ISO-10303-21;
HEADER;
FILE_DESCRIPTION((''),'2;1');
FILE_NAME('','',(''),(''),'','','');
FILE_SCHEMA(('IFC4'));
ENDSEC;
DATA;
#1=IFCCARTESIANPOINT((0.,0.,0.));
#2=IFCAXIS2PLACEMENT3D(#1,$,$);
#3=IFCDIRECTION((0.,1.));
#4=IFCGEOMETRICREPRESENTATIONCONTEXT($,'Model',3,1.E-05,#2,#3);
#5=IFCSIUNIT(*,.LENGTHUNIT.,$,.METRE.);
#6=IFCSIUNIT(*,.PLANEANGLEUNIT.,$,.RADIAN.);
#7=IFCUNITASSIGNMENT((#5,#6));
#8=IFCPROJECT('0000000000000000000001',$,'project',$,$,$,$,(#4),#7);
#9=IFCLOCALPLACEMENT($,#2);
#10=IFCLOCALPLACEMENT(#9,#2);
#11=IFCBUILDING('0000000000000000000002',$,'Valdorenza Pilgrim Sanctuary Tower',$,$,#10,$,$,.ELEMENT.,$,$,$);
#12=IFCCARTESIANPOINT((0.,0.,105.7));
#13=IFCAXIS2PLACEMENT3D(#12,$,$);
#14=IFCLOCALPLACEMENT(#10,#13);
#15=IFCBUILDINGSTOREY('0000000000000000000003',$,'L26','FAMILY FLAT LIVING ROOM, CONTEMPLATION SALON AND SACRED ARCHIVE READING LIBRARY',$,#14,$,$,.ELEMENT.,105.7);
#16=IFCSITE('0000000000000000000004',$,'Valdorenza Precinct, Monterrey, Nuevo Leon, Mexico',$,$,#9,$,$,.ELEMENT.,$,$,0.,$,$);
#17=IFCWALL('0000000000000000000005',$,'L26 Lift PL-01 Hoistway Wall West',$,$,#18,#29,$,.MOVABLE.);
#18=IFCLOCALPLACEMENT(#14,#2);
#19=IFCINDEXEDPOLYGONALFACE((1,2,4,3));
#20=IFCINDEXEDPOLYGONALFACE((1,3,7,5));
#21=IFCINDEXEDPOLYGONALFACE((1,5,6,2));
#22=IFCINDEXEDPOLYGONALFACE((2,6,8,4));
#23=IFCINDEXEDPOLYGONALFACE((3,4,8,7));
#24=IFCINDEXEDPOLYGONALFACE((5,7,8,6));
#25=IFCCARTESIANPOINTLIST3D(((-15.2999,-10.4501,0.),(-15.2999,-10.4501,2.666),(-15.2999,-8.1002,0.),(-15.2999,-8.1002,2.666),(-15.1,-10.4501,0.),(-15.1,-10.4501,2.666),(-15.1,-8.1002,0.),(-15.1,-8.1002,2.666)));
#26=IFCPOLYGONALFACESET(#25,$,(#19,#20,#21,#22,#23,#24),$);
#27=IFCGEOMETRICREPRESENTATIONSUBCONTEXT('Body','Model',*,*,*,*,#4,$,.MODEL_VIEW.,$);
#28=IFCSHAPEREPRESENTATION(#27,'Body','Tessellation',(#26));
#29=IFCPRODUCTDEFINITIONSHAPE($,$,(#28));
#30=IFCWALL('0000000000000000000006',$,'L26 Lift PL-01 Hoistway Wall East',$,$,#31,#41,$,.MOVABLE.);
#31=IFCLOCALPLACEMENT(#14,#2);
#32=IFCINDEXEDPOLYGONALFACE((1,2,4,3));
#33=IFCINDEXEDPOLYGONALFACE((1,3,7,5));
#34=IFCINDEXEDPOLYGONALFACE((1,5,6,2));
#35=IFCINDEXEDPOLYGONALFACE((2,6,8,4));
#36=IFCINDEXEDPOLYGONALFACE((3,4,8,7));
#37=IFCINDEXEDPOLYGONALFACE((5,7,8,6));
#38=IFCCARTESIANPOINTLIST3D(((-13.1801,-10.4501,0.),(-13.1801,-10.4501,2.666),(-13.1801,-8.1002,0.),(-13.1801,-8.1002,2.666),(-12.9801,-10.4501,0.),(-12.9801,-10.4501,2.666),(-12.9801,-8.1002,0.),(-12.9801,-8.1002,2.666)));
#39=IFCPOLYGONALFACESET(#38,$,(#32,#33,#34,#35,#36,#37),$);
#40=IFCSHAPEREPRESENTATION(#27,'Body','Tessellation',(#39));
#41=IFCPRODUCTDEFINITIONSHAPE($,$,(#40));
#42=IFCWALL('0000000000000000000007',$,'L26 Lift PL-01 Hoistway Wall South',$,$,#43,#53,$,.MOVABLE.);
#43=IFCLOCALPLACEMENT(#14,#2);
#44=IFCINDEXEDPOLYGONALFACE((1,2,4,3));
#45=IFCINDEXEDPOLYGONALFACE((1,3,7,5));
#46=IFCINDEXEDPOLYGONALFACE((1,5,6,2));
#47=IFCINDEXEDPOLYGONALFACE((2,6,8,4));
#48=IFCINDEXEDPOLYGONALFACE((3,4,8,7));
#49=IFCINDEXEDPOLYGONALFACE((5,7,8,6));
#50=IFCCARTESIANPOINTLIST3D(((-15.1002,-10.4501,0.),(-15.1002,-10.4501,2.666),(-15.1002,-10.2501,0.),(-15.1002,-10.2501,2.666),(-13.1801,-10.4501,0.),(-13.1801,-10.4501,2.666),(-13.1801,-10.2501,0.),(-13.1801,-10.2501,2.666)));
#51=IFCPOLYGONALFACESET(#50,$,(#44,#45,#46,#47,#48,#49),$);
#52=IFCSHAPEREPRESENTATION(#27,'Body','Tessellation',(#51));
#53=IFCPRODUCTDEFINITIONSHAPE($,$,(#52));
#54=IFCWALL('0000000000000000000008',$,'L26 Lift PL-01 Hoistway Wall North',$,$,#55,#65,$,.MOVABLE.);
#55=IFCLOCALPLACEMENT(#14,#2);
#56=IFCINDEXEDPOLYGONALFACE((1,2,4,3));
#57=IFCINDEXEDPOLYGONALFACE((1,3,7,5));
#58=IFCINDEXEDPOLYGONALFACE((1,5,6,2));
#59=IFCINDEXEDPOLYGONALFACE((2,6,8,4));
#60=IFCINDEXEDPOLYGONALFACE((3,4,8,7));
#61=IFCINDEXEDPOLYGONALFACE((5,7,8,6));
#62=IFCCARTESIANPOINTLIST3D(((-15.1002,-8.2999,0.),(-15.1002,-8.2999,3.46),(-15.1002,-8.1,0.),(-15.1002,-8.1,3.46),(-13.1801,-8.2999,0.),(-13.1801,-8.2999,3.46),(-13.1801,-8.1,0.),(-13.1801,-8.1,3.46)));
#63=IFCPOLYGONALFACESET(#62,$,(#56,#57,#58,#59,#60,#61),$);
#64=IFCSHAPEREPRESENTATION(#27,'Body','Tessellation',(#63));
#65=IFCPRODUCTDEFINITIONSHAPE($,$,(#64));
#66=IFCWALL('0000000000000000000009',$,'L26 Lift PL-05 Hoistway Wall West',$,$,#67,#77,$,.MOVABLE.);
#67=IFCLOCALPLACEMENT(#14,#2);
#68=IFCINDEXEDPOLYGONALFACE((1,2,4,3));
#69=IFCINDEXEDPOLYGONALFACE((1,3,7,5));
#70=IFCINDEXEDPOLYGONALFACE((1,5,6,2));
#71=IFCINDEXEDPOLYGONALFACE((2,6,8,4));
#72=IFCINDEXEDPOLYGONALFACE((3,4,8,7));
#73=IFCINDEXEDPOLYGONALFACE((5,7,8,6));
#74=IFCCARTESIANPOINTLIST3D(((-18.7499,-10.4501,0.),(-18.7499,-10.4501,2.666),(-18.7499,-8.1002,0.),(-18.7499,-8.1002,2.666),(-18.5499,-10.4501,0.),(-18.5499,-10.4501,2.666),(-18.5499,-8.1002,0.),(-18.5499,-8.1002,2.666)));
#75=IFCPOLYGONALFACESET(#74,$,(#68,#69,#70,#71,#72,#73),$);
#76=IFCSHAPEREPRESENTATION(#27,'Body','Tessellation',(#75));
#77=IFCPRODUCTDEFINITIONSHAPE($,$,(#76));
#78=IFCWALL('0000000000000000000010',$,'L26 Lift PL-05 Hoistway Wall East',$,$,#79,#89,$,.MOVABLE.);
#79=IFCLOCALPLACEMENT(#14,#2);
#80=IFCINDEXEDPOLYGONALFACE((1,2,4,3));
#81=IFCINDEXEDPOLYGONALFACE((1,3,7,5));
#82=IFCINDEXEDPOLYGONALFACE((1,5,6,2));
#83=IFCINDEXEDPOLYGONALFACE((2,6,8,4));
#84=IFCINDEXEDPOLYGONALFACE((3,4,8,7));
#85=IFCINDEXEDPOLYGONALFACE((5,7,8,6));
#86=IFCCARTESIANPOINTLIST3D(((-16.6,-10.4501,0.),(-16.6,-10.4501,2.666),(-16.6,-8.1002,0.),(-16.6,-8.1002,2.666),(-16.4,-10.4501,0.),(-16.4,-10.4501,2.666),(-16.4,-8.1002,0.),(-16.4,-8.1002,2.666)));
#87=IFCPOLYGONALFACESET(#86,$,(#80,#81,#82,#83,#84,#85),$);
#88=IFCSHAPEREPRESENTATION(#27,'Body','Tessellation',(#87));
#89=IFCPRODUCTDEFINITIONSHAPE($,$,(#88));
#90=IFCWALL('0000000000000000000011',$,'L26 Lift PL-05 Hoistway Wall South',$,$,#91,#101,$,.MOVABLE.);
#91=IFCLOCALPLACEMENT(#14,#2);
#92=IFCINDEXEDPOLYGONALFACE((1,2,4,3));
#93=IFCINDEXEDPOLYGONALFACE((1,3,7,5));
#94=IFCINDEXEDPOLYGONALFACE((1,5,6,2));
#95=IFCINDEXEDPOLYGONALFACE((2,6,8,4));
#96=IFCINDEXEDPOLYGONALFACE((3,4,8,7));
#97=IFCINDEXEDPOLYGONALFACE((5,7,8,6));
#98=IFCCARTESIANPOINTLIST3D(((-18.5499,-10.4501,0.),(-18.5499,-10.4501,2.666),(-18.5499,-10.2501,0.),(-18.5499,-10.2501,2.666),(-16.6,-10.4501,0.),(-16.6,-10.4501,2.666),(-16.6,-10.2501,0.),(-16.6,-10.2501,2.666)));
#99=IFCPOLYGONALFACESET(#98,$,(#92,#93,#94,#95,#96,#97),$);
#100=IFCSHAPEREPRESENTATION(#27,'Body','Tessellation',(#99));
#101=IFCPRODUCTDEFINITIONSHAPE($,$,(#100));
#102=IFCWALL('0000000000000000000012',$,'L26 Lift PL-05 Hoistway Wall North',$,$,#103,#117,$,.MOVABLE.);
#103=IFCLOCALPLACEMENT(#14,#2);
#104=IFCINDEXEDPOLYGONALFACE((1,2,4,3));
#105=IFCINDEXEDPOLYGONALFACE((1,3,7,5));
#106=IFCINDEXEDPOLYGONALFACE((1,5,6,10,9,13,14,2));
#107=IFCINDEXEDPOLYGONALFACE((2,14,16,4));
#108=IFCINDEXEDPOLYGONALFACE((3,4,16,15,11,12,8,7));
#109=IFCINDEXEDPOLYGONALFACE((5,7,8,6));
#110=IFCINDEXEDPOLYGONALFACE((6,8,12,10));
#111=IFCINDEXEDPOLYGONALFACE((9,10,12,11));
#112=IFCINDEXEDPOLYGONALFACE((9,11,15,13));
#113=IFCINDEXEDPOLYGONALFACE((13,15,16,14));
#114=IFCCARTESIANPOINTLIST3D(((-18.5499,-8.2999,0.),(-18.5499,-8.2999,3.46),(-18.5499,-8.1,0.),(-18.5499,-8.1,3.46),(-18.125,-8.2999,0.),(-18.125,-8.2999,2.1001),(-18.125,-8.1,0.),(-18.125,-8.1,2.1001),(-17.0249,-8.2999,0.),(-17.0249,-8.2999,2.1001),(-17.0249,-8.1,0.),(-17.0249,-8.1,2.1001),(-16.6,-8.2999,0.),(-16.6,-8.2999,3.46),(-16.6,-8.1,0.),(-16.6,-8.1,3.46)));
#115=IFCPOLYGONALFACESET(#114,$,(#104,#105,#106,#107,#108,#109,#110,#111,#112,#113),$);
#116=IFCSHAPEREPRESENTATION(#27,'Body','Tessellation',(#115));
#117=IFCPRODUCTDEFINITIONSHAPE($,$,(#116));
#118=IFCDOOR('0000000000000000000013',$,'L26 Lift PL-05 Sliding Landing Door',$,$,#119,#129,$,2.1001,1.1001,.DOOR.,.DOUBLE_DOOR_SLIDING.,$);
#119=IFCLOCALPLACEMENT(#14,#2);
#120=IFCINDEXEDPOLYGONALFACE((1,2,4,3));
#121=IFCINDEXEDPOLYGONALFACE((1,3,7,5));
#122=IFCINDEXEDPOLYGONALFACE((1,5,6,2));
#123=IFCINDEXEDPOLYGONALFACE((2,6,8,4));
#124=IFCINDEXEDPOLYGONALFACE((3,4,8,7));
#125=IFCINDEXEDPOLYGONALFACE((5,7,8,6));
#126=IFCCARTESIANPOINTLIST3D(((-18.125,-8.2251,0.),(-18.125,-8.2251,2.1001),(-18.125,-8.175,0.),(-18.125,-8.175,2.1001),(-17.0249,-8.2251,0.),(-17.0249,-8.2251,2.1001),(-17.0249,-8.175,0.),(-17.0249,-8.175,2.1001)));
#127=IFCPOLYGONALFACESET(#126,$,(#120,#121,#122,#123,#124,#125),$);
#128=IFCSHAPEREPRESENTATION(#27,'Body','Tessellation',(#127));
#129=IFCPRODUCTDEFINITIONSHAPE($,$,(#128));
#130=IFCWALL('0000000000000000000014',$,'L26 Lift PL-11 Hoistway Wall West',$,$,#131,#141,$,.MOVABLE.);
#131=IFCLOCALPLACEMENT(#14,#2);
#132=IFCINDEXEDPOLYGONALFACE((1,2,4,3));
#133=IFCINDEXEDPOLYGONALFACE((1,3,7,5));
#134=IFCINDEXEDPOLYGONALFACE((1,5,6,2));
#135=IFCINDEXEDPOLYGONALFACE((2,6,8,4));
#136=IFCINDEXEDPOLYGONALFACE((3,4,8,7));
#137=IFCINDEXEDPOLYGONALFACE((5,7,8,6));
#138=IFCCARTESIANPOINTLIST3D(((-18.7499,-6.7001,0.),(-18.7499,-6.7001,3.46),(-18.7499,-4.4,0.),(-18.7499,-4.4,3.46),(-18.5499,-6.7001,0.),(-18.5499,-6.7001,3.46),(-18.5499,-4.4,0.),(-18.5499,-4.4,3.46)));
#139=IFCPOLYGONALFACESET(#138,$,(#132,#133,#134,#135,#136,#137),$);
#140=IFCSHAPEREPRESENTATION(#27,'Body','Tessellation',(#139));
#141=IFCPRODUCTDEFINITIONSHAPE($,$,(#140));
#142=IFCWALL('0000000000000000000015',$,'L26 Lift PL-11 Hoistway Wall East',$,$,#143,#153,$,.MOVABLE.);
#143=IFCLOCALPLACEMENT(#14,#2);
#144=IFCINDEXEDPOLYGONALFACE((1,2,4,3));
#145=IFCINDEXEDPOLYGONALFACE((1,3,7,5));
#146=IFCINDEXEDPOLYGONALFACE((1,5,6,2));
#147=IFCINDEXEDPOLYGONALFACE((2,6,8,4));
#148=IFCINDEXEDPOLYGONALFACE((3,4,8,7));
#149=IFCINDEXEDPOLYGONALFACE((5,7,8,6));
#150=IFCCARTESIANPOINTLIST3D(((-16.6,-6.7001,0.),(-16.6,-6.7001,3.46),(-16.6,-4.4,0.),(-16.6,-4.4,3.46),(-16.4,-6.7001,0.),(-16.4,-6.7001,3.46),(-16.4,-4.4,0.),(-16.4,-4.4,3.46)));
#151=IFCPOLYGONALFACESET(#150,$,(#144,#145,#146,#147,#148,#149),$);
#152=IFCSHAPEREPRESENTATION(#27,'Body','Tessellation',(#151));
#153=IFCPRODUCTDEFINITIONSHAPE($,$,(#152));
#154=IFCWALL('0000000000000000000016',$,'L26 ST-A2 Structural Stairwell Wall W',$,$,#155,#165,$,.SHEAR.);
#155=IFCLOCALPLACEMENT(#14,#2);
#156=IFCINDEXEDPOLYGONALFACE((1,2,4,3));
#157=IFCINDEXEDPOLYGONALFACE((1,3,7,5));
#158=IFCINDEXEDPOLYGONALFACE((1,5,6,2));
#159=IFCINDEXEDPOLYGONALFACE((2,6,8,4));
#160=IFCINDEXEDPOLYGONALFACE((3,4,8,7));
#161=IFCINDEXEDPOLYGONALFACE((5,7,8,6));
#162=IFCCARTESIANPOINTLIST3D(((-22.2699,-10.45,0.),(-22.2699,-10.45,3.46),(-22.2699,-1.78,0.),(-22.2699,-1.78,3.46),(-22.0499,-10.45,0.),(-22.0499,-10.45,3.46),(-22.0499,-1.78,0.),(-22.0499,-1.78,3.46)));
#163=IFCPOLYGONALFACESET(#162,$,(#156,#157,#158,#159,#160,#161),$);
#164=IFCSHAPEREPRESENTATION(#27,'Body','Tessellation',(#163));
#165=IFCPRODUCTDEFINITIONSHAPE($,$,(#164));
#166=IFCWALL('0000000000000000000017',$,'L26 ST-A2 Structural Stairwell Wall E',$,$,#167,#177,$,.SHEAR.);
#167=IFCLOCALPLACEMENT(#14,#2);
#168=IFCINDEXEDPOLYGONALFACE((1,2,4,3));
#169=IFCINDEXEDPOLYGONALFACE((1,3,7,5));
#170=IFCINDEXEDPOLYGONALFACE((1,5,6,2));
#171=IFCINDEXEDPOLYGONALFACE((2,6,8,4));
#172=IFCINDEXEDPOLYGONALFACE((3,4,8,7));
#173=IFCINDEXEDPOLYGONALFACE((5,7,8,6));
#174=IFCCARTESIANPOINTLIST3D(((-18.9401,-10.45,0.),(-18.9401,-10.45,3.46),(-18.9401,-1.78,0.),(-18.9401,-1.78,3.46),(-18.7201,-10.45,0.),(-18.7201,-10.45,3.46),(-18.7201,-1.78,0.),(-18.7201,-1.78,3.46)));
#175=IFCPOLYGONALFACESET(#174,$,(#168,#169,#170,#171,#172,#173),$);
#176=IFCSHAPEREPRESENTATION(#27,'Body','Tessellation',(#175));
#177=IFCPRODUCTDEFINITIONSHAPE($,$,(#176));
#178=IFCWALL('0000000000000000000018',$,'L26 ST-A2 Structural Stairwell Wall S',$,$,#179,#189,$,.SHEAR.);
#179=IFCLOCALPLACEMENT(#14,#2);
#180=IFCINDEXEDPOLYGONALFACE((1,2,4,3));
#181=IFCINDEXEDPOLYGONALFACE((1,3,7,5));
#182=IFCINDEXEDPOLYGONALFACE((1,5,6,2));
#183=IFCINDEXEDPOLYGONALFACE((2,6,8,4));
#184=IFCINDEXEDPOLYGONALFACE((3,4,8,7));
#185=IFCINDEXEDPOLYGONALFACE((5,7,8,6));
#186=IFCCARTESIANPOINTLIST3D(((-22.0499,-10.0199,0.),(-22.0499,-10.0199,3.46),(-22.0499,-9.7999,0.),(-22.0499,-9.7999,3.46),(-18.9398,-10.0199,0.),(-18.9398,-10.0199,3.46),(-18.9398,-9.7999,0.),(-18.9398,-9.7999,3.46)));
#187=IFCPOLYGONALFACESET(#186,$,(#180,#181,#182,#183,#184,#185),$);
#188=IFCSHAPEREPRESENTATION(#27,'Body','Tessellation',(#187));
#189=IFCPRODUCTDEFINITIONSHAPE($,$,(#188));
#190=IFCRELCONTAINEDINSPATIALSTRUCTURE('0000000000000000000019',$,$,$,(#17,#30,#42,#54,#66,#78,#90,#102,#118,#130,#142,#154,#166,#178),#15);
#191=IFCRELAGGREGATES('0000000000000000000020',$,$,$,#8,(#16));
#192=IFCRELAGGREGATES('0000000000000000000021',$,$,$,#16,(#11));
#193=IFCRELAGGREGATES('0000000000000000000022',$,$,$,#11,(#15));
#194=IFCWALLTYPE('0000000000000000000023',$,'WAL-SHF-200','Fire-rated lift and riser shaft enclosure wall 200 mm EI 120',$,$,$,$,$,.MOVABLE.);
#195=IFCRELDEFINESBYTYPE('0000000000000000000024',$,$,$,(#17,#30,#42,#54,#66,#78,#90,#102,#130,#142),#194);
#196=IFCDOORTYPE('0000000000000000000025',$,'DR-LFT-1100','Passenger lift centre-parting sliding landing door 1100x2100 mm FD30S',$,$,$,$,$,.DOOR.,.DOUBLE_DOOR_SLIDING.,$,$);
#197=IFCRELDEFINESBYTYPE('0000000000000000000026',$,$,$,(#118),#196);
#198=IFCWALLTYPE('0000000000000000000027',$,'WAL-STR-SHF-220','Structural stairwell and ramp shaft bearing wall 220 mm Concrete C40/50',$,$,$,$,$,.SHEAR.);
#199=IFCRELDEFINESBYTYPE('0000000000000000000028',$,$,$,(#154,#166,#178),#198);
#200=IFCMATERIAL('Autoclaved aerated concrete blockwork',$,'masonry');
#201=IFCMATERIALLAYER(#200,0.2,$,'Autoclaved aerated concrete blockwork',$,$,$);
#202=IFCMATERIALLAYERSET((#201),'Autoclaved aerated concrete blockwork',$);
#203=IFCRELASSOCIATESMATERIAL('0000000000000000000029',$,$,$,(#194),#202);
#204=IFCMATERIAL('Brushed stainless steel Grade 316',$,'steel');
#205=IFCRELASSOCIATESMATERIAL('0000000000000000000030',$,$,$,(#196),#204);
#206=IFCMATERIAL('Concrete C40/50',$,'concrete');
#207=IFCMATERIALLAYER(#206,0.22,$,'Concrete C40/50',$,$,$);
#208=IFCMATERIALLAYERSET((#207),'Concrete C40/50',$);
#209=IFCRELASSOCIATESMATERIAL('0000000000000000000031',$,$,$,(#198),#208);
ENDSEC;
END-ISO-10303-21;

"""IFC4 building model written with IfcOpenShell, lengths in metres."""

from ifc_helpers import new_model, si_unit, direction, frame, frame_2d, origin, place, context, subcontext, project, spatial, rectangle, extrude, material, layer, layer_set, type_object, element, fill, save


model = new_model("IFC4")

# Units and contexts
model_context = context("Model", 3, precision=1e-05, world=origin(), true_north=direction((0.0, 1.0)))
body_context = subcontext(model_context, "Body", "Model", "MODEL_VIEW")
ifc_project = project(units=[si_unit("LENGTHUNIT", "METRE"), si_unit("PLANEANGLEUNIT", "RADIAN")], contexts=[model_context])

# Site, building, storey
site_placement = place(None, origin())
site = spatial("IfcSite", under=ifc_project, at=site_placement, Name="Valdorenza Precinct, Monterrey, Nuevo Leon, Mexico", CompositionType="ELEMENT", RefElevation=0.0)
building_placement = place(site_placement, origin())
building = spatial("IfcBuilding", under=site, at=building_placement, Name="Valdorenza Pilgrim Sanctuary Tower", CompositionType="ELEMENT")
storey_placement = place(building_placement, frame((0.0, 0.0, 105.7)))
storey = spatial("IfcBuildingStorey", under=building, at=storey_placement, Name="L26", Description="FAMILY FLAT LIVING ROOM, CONTEMPLATION SALON AND SACRED ARCHIVE READING LIBRARY", CompositionType="ELEMENT", Elevation=105.7)

# Walls
ifc_material_1 = material(Name="Autoclaved aerated concrete blockwork", Category="masonry")
ifc_layer_1 = layer(ifc_material_1, 0.2, Name="Autoclaved aerated concrete blockwork")
ifc_layer_set_1 = layer_set([ifc_layer_1], Name="Autoclaved aerated concrete blockwork")
wall_type_1 = type_object("IfcWallType", Name="WAL-SHF-200", Description="Fire-rated lift and riser shaft enclosure wall 200 mm EI 120", PredefinedType="MOVABLE", material=ifc_layer_set_1)
for number, where, z_axis, x_axis, name in (
    (1, (-15.2, -10.45, 0.0), (0.0, 0.0, 1.0), (0.0, 1.0, 0.0), "L26 Lift PL-01 Hoistway Wall West"),
    (2, (-13.0801, -10.45, 0.0), (0.0, 0.0, 1.0), (0.0, 1.0, 0.0), "L26 Lift PL-01 Hoistway Wall East"),
):
    element("IfcWall", number, at=place(storey_placement, frame(where, z_axis=z_axis, x_axis=x_axis)), inside=storey, type_object=wall_type_1, Name=name, PredefinedType="MOVABLE", context=body_context, shape_type="SweptSolid", body=[
        extrude(rectangle(XDim=2.3499, YDim=0.2, at=frame_2d((1.1748, 0.0))), origin(), (0.0, 0.0, 1.0), 2.666),
    ])
wall_1_placement = place(storey_placement, frame((-15.1001, -10.3501, 0.0), z_axis=(0.0, 0.0, 1.0), x_axis=(1.0, 0.0, 0.0)))
element("IfcWall", 3, at=wall_1_placement, inside=storey, type_object=wall_type_1, Name="L26 Lift PL-01 Hoistway Wall South", PredefinedType="MOVABLE", context=body_context, shape_type="SweptSolid", body=[
    extrude(rectangle(XDim=1.9202, YDim=0.2, at=frame_2d((0.96, 0.0))), origin(), (0.0, 0.0, 1.0), 2.666),
])
wall_2_placement = place(storey_placement, frame((-15.1001, -8.2, 0.0), z_axis=(0.0, 0.0, 1.0), x_axis=(1.0, 0.0, 0.0)))
element("IfcWall", 4, at=wall_2_placement, inside=storey, type_object=wall_type_1, Name="L26 Lift PL-01 Hoistway Wall North", PredefinedType="MOVABLE", context=body_context, shape_type="SweptSolid", body=[
    extrude(rectangle(XDim=1.9202, YDim=0.2, at=frame_2d((0.96, 0.0))), origin(), (0.0, 0.0, 1.0), 3.46),
])
for number, where, z_axis, x_axis, name in (
    (5, (-18.6499, -10.45, 0.0), (0.0, 0.0, 1.0), (0.0, 1.0, 0.0), "L26 Lift PL-05 Hoistway Wall West"),
    (6, (-16.5, -10.45, 0.0), (0.0, 0.0, 1.0), (0.0, 1.0, 0.0), "L26 Lift PL-05 Hoistway Wall East"),
):
    element("IfcWall", number, at=place(storey_placement, frame(where, z_axis=z_axis, x_axis=x_axis)), inside=storey, type_object=wall_type_1, Name=name, PredefinedType="MOVABLE", context=body_context, shape_type="SweptSolid", body=[
        extrude(rectangle(XDim=2.3499, YDim=0.2, at=frame_2d((1.1748, 0.0))), origin(), (0.0, 0.0, 1.0), 2.666),
    ])
wall_3_placement = place(storey_placement, frame((-18.55, -10.3501, 0.0), z_axis=(0.0, 0.0, 1.0), x_axis=(1.0, 0.0, 0.0)))
element("IfcWall", 7, at=wall_3_placement, inside=storey, type_object=wall_type_1, Name="L26 Lift PL-05 Hoistway Wall South", PredefinedType="MOVABLE", context=body_context, shape_type="SweptSolid", body=[
    extrude(rectangle(XDim=1.95, YDim=0.2, at=frame_2d((0.9751, 0.0))), origin(), (0.0, 0.0, 1.0), 2.666),
])

# Wall, opening, door
wall_4_placement = place(storey_placement, frame((-18.55, -8.2, 0.0), z_axis=(0.0, 0.0, 1.0), x_axis=(1.0, 0.0, 0.0)))
wall_4 = element("IfcWall", 8, at=wall_4_placement, inside=storey, type_object=wall_type_1, Name="L26 Lift PL-05 Hoistway Wall North", PredefinedType="MOVABLE", context=body_context, shape_type="SweptSolid", body=[
    extrude(rectangle(XDim=1.95, YDim=0.2, at=frame_2d((0.9751, 0.0))), origin(), (0.0, 0.0, 1.0), 3.46),
])
opening_1_placement = place(wall_4_placement, frame((0.425, 0.0, 0.0)))
opening_1 = element("IfcOpeningElement", 9, at=opening_1_placement, cuts=wall_4, PredefinedType="OPENING", context=body_context, shape_type="SweptSolid", body=[
    extrude(rectangle(XDim=1.1001, YDim=2.1001, at=frame_2d((0.55, 1.05))), frame((0.0, 0.1147, 0.0), z_axis=(0.0, -1.0, 0.0), x_axis=(1.0, 0.0, 0.0)), (0.0, 0.0, 1.0), 0.2297),
])
ifc_material_2 = material(Name="Brushed stainless steel Grade 316", Category="steel")
door_type = type_object("IfcDoorType", Name="DR-LFT-1100", Description="Passenger lift centre-parting sliding landing door 1100x2100 mm FD30S", OperationType="DOUBLE_DOOR_SLIDING", PredefinedType="DOOR", material=ifc_material_2)
door_placement = place(opening_1_placement, origin())
door = element("IfcDoor", 10, at=door_placement, inside=storey, type_object=door_type, Name="L26 Lift PL-05 Sliding Landing Door", OperationType="DOUBLE_DOOR_SLIDING", OverallHeight=2.1001, OverallWidth=1.1001, PredefinedType="DOOR", context=body_context, shape_type="SweptSolid", body=[
    extrude(rectangle(XDim=1.1001, YDim=2.1001, at=frame_2d((0.55, 1.05))), frame((0.0, 0.0249, 0.0), z_axis=(0.0, -1.0, 0.0), x_axis=(1.0, 0.0, 0.0)), (0.0, 0.0, 1.0), 0.05),
])
fill(opening_1, door)

# Walls
for number, where, z_axis, x_axis, name in (
    (11, (-18.6499, -6.7, 0.0), (0.0, 0.0, 1.0), (0.0, 1.0, 0.0), "L26 Lift PL-11 Hoistway Wall West"),
    (12, (-16.5, -6.7, 0.0), (0.0, 0.0, 1.0), (0.0, 1.0, 0.0), "L26 Lift PL-11 Hoistway Wall East"),
):
    element("IfcWall", number, at=place(storey_placement, frame(where, z_axis=z_axis, x_axis=x_axis)), inside=storey, type_object=wall_type_1, Name=name, PredefinedType="MOVABLE", context=body_context, shape_type="SweptSolid", body=[
        extrude(rectangle(XDim=2.3, YDim=0.2, at=frame_2d((1.1499, 0.0))), origin(), (0.0, 0.0, 1.0), 3.46),
    ])
ifc_material_3 = material(Name="Concrete C40/50", Category="concrete")
ifc_layer_2 = layer(ifc_material_3, 0.22, Name="Concrete C40/50")
ifc_layer_set_2 = layer_set([ifc_layer_2], Name="Concrete C40/50")
wall_type_2 = type_object("IfcWallType", Name="WAL-STR-SHF-220", Description="Structural stairwell and ramp shaft bearing wall 220 mm Concrete C40/50", PredefinedType="SHEAR", material=ifc_layer_set_2)
for number, where, z_axis, x_axis, name in (
    (13, (-22.1599, -10.45, 0.0), (0.0, 0.0, 1.0), (0.0, 1.0, 0.0), "L26 ST-A2 Structural Stairwell Wall W"),
    (14, (-18.8301, -10.45, 0.0), (0.0, 0.0, 1.0), (0.0, 1.0, 0.0), "L26 ST-A2 Structural Stairwell Wall E"),
):
    element("IfcWall", number, at=place(storey_placement, frame(where, z_axis=z_axis, x_axis=x_axis)), inside=storey, type_object=wall_type_2, Name=name, PredefinedType="SHEAR", context=body_context, shape_type="SweptSolid", body=[
        extrude(rectangle(XDim=8.6699, YDim=0.22, at=frame_2d((4.335, 0.0))), origin(), (0.0, 0.0, 1.0), 3.46),
    ])
wall_5_placement = place(storey_placement, frame((-22.05, -9.9099, 0.0), z_axis=(0.0, 0.0, 1.0), x_axis=(1.0, 0.0, 0.0)))
element("IfcWall", 15, at=wall_5_placement, inside=storey, type_object=wall_type_2, Name="L26 ST-A2 Structural Stairwell Wall S", PredefinedType="SHEAR", context=body_context, shape_type="SweptSolid", body=[
    extrude(rectangle(XDim=3.1101, YDim=0.22, at=frame_2d((1.5552, 0.0))), origin(), (0.0, 0.0, 1.0), 3.46),
])

save(model, "model.ifc")
